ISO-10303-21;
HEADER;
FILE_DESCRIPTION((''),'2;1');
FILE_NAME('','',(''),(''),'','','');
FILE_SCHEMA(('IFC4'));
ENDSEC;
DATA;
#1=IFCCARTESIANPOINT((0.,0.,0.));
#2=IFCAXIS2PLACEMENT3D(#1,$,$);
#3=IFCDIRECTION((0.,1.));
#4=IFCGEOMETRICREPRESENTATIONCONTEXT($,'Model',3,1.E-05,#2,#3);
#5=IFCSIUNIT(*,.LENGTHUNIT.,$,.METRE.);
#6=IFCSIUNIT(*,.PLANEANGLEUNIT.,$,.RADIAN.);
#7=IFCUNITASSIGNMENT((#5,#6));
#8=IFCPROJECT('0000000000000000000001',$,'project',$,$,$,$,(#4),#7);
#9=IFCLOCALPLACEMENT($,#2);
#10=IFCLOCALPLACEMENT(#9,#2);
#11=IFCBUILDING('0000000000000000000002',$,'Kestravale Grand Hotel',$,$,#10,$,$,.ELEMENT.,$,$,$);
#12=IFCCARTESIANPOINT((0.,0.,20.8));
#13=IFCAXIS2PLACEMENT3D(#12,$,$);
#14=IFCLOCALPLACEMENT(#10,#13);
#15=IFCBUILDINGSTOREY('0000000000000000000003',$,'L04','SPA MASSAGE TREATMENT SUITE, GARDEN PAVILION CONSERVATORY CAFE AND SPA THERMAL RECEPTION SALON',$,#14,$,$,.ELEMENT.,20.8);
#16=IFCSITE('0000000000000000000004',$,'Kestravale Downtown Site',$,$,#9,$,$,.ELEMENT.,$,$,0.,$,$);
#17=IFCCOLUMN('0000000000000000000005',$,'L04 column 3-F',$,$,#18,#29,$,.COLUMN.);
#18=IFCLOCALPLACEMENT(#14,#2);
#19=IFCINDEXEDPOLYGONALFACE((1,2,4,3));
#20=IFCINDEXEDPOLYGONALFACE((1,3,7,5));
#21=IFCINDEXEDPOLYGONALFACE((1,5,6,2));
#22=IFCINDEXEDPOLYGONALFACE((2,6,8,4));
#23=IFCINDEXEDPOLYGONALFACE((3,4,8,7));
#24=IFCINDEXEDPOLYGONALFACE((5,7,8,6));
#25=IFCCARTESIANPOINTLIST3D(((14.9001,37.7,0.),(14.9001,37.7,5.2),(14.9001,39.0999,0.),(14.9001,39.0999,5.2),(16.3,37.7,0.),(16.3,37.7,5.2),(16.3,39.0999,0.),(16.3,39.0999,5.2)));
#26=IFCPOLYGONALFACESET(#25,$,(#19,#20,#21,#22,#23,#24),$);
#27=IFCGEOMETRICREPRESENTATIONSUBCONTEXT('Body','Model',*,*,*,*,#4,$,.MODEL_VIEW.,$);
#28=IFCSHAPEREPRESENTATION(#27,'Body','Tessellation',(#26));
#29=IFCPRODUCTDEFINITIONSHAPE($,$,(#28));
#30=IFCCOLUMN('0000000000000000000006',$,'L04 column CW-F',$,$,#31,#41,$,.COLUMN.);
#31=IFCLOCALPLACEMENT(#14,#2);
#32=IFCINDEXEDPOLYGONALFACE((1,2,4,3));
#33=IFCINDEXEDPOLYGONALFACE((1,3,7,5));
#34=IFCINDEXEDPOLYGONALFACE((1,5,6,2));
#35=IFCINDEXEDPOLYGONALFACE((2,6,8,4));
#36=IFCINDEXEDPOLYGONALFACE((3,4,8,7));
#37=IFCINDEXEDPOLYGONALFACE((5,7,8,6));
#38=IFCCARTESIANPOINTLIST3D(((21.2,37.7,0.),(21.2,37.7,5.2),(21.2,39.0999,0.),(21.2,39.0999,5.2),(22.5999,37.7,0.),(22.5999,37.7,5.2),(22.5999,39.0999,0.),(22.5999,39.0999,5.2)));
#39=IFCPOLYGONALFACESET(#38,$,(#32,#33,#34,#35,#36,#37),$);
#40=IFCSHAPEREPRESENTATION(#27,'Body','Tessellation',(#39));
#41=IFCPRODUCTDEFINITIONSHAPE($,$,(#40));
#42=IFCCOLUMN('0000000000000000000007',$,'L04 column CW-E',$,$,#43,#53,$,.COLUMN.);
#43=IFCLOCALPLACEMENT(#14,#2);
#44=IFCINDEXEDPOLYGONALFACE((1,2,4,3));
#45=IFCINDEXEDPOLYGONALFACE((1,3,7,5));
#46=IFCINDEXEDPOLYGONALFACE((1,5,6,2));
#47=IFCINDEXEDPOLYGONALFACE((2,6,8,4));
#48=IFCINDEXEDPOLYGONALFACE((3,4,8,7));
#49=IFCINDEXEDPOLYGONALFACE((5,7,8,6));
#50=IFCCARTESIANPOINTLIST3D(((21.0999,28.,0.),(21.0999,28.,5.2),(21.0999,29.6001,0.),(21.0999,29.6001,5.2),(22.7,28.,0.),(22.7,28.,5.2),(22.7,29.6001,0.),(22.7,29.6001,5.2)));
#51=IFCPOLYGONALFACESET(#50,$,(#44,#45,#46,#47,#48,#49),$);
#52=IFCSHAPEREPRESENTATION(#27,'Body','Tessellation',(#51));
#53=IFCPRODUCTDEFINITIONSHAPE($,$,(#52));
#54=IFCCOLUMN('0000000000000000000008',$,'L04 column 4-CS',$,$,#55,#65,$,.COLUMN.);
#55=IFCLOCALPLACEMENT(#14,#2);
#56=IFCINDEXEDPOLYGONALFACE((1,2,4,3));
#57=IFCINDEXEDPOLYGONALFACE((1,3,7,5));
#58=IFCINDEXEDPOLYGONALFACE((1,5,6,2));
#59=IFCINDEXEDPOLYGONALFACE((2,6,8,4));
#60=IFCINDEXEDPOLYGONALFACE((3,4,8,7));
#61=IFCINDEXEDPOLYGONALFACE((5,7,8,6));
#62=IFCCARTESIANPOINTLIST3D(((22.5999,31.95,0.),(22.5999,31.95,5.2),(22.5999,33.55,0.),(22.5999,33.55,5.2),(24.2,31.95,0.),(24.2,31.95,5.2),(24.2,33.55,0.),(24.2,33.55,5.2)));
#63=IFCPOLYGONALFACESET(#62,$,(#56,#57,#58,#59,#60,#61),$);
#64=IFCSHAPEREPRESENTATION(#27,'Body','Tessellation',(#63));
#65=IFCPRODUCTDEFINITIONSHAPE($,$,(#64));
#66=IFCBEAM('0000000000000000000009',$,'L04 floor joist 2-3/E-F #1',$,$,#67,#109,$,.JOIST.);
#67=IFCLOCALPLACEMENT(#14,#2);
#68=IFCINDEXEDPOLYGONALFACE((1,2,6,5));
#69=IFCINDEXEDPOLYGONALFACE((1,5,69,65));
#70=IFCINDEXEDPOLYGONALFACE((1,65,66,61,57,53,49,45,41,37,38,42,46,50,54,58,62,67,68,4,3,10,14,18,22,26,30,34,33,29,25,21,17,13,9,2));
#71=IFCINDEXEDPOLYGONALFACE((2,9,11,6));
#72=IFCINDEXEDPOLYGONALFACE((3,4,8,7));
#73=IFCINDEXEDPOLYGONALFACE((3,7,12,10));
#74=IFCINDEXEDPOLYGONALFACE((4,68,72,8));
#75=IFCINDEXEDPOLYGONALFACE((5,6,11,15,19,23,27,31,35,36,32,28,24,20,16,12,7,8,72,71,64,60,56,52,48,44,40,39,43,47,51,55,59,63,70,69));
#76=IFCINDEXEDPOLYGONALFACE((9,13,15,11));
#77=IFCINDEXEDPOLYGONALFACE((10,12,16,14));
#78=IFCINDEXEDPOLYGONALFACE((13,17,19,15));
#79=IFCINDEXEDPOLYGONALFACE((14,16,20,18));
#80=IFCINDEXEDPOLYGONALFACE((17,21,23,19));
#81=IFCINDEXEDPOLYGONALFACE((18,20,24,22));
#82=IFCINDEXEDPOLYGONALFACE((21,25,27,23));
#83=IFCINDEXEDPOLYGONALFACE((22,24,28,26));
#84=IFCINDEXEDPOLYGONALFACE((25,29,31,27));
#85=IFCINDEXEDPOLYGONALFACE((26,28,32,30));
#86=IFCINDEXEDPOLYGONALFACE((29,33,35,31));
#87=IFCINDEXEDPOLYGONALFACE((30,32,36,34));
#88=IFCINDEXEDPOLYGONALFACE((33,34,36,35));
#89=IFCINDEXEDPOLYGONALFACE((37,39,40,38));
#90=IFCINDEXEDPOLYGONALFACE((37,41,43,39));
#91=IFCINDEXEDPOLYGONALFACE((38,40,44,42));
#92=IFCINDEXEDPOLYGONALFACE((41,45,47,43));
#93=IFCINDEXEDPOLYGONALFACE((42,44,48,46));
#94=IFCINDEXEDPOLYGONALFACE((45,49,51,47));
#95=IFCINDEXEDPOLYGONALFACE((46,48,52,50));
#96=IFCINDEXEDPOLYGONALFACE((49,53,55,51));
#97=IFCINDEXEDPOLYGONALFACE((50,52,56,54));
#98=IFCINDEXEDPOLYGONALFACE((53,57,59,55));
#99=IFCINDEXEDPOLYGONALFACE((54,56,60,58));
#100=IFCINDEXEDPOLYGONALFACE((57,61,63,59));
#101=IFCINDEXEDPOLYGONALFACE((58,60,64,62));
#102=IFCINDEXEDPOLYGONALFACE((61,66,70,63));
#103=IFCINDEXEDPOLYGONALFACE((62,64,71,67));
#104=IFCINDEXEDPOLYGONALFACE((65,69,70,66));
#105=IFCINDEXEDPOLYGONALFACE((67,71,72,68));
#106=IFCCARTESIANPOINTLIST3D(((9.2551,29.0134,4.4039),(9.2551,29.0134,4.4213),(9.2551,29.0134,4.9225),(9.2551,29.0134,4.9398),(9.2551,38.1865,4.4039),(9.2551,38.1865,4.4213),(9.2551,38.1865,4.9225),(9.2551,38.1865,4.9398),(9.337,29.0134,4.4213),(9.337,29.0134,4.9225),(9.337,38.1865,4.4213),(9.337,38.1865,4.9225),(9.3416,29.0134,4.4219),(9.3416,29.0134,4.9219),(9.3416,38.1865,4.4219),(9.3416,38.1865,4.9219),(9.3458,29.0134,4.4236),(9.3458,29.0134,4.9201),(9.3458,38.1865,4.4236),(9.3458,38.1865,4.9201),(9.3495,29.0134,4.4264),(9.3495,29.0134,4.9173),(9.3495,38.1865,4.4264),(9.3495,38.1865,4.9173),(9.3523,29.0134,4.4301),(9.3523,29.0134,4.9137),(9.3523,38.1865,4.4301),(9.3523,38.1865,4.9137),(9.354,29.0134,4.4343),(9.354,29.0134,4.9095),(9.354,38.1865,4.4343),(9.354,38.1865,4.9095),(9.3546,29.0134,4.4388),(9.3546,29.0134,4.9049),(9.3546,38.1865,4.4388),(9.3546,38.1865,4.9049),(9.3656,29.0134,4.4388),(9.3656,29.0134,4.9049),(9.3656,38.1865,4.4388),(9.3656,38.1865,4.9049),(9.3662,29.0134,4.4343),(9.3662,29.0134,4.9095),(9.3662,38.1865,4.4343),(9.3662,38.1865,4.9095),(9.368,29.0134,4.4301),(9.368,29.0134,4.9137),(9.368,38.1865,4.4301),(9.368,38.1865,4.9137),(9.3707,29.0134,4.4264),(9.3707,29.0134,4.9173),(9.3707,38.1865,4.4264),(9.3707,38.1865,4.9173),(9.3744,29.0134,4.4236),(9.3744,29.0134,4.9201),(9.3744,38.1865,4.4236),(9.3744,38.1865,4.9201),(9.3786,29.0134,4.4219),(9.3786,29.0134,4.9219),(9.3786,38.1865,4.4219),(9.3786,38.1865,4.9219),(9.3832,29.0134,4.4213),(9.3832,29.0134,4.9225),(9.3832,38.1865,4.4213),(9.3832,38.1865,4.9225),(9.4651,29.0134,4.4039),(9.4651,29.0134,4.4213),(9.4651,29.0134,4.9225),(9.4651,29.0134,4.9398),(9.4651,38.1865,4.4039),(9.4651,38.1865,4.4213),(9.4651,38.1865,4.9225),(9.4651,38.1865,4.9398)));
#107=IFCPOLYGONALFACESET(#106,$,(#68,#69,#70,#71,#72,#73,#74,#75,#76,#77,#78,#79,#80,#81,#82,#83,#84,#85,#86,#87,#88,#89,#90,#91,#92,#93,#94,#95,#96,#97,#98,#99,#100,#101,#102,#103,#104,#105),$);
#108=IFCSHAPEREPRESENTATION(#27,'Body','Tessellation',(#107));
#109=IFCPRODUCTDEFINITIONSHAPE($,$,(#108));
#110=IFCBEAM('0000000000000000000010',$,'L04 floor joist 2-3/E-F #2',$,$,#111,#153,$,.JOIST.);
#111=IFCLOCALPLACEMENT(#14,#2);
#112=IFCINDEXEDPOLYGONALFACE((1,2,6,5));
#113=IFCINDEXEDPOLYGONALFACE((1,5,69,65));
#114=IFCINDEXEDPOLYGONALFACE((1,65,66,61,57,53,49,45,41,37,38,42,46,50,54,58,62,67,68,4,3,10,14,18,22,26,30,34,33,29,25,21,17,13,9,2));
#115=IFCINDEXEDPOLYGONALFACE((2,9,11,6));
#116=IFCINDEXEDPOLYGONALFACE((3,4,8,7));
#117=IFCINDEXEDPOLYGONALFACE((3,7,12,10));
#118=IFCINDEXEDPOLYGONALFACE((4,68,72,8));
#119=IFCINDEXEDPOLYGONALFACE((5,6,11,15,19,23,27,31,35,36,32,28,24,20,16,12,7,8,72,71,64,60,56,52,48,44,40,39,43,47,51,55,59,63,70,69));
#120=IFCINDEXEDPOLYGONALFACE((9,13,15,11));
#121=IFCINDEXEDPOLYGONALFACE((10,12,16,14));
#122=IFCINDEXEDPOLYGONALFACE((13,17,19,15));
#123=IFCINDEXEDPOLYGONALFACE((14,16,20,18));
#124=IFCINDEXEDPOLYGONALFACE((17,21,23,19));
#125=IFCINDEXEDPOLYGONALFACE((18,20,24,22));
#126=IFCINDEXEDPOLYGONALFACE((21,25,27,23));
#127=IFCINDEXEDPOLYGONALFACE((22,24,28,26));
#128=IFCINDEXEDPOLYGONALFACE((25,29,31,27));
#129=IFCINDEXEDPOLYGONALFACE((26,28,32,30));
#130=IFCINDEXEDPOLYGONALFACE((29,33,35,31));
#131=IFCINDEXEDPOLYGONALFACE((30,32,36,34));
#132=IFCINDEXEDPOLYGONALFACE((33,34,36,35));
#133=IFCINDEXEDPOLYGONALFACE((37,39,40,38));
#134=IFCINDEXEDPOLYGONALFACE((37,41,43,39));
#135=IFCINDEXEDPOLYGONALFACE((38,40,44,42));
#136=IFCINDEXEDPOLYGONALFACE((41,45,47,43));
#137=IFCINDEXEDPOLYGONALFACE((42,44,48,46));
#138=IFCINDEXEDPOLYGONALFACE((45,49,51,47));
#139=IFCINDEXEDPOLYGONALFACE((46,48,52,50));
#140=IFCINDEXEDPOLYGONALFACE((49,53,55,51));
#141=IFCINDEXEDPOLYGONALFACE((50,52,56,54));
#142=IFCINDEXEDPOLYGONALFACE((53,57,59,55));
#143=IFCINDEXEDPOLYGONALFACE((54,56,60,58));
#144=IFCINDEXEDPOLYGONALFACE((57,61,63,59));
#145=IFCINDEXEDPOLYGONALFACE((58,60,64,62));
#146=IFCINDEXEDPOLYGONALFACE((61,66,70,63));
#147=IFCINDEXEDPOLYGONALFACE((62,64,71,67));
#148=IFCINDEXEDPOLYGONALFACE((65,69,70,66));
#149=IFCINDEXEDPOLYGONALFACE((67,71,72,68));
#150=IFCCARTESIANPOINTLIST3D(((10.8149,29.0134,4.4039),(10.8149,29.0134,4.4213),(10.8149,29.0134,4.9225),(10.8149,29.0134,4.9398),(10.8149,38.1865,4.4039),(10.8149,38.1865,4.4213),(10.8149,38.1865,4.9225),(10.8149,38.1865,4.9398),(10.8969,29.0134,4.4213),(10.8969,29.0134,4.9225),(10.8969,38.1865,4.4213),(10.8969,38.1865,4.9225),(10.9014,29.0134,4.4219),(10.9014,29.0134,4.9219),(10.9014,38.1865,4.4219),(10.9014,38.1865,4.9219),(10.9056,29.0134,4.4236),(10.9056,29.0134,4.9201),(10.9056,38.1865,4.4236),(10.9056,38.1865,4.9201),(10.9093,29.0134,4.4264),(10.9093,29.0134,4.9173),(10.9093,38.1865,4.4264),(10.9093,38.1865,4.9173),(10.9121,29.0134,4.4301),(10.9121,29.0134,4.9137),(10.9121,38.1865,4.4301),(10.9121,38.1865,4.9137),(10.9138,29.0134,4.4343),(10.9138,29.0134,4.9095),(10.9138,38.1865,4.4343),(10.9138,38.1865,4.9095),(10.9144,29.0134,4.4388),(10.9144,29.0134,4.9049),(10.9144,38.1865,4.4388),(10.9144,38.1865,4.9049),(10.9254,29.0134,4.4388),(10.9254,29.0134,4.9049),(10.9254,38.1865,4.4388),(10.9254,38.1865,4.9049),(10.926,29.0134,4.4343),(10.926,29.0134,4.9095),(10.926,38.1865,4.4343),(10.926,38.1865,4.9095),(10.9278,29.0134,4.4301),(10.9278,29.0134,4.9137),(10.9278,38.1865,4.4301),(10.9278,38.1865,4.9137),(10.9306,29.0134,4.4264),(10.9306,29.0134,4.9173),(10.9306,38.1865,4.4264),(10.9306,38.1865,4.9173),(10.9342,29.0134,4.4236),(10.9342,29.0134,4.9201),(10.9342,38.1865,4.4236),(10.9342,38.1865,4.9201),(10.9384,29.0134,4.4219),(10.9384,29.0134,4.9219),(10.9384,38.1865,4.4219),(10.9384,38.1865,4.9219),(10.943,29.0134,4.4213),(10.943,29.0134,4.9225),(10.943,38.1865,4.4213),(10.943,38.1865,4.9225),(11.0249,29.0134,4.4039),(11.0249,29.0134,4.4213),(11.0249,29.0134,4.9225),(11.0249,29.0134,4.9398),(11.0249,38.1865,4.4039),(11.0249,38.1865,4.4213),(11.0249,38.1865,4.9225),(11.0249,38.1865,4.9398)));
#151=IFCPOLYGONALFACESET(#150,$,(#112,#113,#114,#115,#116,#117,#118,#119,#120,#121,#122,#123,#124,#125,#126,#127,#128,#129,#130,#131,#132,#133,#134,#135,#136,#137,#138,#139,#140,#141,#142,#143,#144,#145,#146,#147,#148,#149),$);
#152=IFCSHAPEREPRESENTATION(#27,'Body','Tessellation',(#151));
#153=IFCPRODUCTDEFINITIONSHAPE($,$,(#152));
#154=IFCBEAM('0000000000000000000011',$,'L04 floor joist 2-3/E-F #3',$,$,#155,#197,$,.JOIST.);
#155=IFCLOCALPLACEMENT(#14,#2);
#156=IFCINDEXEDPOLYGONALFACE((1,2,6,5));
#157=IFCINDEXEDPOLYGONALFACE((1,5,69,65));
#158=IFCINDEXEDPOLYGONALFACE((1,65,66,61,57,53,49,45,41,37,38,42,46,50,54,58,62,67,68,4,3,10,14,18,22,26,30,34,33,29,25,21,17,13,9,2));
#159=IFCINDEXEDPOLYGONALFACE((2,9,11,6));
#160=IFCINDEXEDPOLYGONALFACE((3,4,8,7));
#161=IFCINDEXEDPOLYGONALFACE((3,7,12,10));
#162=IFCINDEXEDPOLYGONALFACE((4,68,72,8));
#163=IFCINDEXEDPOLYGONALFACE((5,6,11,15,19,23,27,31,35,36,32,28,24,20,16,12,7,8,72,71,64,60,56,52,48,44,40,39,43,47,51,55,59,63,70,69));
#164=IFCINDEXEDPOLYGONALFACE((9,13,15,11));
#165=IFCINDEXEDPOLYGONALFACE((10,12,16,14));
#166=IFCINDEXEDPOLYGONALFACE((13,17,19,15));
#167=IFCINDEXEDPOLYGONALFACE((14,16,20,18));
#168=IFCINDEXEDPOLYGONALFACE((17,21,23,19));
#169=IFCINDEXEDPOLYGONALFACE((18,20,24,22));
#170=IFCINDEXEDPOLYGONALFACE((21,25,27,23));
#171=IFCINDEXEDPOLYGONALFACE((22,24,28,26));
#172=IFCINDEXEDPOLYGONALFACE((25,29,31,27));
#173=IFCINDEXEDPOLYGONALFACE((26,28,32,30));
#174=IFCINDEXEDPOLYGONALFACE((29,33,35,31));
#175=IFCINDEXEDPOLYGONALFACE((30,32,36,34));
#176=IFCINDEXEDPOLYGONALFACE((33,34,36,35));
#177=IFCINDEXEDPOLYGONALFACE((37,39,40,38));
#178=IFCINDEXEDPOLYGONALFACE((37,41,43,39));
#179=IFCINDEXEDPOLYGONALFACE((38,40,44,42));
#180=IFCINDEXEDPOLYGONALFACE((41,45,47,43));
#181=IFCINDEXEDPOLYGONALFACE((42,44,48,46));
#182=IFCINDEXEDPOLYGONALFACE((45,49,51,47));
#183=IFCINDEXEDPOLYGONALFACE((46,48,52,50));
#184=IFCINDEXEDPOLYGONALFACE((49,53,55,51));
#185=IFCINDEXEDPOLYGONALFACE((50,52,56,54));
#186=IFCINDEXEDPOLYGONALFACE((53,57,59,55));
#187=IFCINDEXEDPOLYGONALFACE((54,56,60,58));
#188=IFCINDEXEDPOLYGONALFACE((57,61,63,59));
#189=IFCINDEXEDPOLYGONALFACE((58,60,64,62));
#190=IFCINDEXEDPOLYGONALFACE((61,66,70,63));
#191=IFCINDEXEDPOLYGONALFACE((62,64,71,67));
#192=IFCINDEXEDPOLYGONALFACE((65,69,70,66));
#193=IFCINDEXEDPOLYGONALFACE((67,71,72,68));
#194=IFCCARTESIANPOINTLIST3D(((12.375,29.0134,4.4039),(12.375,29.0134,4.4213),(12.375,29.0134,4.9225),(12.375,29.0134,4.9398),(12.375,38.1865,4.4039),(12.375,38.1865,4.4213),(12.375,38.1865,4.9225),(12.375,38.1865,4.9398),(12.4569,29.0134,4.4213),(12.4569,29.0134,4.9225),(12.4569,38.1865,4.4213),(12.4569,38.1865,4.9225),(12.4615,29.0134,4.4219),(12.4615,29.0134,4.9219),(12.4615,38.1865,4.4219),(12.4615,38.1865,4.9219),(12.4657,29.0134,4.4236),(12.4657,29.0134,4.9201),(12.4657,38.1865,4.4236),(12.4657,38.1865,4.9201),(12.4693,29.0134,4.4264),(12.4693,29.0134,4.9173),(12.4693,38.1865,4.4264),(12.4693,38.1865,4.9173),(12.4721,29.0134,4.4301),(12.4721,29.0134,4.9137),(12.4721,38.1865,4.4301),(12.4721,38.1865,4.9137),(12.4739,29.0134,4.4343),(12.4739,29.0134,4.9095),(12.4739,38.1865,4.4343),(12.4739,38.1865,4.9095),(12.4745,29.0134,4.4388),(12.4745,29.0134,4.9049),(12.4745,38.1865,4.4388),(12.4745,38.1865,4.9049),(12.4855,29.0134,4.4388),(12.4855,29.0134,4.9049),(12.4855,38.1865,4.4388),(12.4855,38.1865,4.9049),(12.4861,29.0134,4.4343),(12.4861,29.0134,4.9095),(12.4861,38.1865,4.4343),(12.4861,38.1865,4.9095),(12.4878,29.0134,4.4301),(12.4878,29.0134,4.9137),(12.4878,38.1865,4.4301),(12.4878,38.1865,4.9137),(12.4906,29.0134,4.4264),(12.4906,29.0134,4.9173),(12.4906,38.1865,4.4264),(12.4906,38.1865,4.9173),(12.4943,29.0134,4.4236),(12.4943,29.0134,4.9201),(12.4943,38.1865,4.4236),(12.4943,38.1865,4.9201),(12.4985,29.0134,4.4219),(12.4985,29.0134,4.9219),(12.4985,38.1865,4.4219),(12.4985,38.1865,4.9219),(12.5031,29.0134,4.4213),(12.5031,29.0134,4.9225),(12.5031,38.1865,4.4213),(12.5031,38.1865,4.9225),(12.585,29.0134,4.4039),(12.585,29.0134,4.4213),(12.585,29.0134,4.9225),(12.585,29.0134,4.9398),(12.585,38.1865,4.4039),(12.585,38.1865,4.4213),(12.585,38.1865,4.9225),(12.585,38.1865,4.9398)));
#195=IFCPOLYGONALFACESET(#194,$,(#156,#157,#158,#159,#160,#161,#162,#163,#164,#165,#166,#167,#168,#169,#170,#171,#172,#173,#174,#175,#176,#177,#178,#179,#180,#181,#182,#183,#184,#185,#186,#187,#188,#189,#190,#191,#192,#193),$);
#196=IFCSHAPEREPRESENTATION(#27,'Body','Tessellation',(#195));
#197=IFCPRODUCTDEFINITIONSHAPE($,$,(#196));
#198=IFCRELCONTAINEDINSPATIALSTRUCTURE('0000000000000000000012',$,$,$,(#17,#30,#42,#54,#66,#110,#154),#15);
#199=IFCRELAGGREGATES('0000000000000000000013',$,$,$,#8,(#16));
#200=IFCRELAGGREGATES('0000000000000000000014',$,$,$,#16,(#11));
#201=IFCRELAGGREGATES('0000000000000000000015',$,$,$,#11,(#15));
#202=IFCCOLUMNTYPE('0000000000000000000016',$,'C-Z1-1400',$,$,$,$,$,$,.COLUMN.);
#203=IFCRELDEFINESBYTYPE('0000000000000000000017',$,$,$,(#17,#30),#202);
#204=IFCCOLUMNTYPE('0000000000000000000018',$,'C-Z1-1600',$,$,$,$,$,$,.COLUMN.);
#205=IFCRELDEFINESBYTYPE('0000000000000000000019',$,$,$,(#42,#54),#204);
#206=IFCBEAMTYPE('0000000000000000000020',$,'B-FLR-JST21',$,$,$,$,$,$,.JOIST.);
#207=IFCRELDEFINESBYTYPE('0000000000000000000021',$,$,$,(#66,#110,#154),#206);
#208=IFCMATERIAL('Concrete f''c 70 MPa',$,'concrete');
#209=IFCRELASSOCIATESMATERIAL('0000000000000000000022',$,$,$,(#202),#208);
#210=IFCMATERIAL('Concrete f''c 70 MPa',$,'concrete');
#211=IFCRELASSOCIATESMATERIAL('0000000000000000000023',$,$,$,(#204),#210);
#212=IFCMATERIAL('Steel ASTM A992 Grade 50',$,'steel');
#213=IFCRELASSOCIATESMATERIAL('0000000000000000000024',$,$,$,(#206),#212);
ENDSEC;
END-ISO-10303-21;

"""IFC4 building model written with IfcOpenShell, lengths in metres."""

from ifc_helpers import new_model, si_unit, direction, frame, origin, origin_2d, place, context, subcontext, project, spatial, rectangle, i_section, extrude, material, material_profile, profile_set, type_object, element, save


model = new_model("IFC4")

# Units and contexts
model_context = context("Model", 3, precision=1e-05, world=origin(), true_north=direction((0.0, 1.0)))
body_context = subcontext(model_context, "Body", "Model", "MODEL_VIEW")
ifc_project = project(units=[si_unit("LENGTHUNIT", "METRE"), si_unit("PLANEANGLEUNIT", "RADIAN")], contexts=[model_context])

# Site, building, storey
site_placement = place(None, origin())
site = spatial("IfcSite", under=ifc_project, at=site_placement, Name="Kestravale Downtown Site", CompositionType="ELEMENT", RefElevation=0.0)
building_placement = place(site_placement, origin())
building = spatial("IfcBuilding", under=site, at=building_placement, Name="Kestravale Grand Hotel", CompositionType="ELEMENT")
storey_placement = place(building_placement, frame((0.0, 0.0, 20.8)))
storey = spatial("IfcBuildingStorey", under=building, at=storey_placement, Name="L04", Description="SPA MASSAGE TREATMENT SUITE, GARDEN PAVILION CONSERVATORY CAFE AND SPA THERMAL RECEPTION SALON", CompositionType="ELEMENT", Elevation=20.8)

# Columns
ifc_material_1 = material(Name="Concrete f'c 70 MPa", Category="concrete")
ifc_material_profile_1 = material_profile(ifc_material_1, rectangle(XDim=1.3999, YDim=1.3999, at=origin_2d()))
ifc_profile_set_1 = profile_set([ifc_material_profile_1], Name="Concrete f'c 70 MPa")
column_type_1 = type_object("IfcColumnType", Name="C-Z1-1400", PredefinedType="COLUMN", material=ifc_profile_set_1)
for number, where, z_axis, x_axis, name in (
    (1, (15.6001, 38.3999, 0.0), (0.0, 0.0, 1.0), (1.0, 0.0, 0.0), "L04 column 3-F"),
    (2, (21.8999, 38.3999, 0.0), (0.0, 0.0, 1.0), (1.0, 0.0, 0.0), "L04 column CW-F"),
):
    element("IfcColumn", number, at=place(storey_placement, frame(where, z_axis=z_axis, x_axis=x_axis)), inside=storey, type_object=column_type_1, Name=name, PredefinedType="COLUMN", context=body_context, shape_type="SweptSolid", body=[
        extrude(rectangle(XDim=1.3999, YDim=1.3999, at=origin_2d()), origin(), (0.0, 0.0, 1.0), 5.2),
    ])
ifc_material_2 = material(Name="Concrete f'c 70 MPa", Category="concrete")
ifc_material_profile_2 = material_profile(ifc_material_2, rectangle(XDim=1.6001, YDim=1.6001, at=origin_2d()))
ifc_profile_set_2 = profile_set([ifc_material_profile_2], Name="Concrete f'c 70 MPa")
column_type_2 = type_object("IfcColumnType", Name="C-Z1-1600", PredefinedType="COLUMN", material=ifc_profile_set_2)
for number, where, z_axis, x_axis, name in (
    (3, (21.8999, 28.8, 0.0), (0.0, 0.0, 1.0), (1.0, 0.0, 0.0), "L04 column CW-E"),
    (4, (23.3999, 32.75, 0.0), (0.0, 0.0, 1.0), (1.0, 0.0, 0.0), "L04 column 4-CS"),
):
    element("IfcColumn", number, at=place(storey_placement, frame(where, z_axis=z_axis, x_axis=x_axis)), inside=storey, type_object=column_type_2, Name=name, PredefinedType="COLUMN", context=body_context, shape_type="SweptSolid", body=[
        extrude(rectangle(XDim=1.6001, YDim=1.6001, at=origin_2d()), origin(), (0.0, 0.0, 1.0), 5.2),
    ])

# Beams
ifc_material_3 = material(Name="Steel ASTM A992 Grade 50", Category="steel")
ifc_material_profile_3 = material_profile(ifc_material_3, i_section(OverallWidth=0.21, OverallDepth=0.5359, WebThickness=0.011, FlangeThickness=0.0173, FilletRadius=0.0176, at=origin_2d()))
ifc_profile_set_3 = profile_set([ifc_material_profile_3], Name="Steel ASTM A992 Grade 50")
beam_type_1 = type_object("IfcBeamType", Name="B-FLR-JST21", PredefinedType="JOIST", material=ifc_profile_set_3)
for number, where, z_axis, x_axis, name in (
    (5, (9.3601, 29.0134, 4.6719), (0.0, 1.0, 0.0), (-1.0, 0.0, 0.0), "L04 floor joist 2-3/E-F #1"),
    (6, (10.9199, 29.0134, 4.6719), (0.0, 1.0, 0.0), (-1.0, 0.0, 0.0), "L04 floor joist 2-3/E-F #2"),
    (7, (12.48, 29.0134, 4.6719), (0.0, 1.0, 0.0), (-1.0, 0.0, 0.0), "L04 floor joist 2-3/E-F #3"),
):
    element("IfcBeam", number, at=place(storey_placement, frame(where, z_axis=z_axis, x_axis=x_axis)), inside=storey, type_object=beam_type_1, Name=name, PredefinedType="JOIST", context=body_context, shape_type="SweptSolid", body=[
        extrude(i_section(OverallWidth=0.21, OverallDepth=0.5359, WebThickness=0.011, FlangeThickness=0.0173, FilletRadius=0.0176, at=origin_2d()), origin(), (0.0, 0.0, 1.0), 9.1731),
    ])

save(model, "model.ifc")
